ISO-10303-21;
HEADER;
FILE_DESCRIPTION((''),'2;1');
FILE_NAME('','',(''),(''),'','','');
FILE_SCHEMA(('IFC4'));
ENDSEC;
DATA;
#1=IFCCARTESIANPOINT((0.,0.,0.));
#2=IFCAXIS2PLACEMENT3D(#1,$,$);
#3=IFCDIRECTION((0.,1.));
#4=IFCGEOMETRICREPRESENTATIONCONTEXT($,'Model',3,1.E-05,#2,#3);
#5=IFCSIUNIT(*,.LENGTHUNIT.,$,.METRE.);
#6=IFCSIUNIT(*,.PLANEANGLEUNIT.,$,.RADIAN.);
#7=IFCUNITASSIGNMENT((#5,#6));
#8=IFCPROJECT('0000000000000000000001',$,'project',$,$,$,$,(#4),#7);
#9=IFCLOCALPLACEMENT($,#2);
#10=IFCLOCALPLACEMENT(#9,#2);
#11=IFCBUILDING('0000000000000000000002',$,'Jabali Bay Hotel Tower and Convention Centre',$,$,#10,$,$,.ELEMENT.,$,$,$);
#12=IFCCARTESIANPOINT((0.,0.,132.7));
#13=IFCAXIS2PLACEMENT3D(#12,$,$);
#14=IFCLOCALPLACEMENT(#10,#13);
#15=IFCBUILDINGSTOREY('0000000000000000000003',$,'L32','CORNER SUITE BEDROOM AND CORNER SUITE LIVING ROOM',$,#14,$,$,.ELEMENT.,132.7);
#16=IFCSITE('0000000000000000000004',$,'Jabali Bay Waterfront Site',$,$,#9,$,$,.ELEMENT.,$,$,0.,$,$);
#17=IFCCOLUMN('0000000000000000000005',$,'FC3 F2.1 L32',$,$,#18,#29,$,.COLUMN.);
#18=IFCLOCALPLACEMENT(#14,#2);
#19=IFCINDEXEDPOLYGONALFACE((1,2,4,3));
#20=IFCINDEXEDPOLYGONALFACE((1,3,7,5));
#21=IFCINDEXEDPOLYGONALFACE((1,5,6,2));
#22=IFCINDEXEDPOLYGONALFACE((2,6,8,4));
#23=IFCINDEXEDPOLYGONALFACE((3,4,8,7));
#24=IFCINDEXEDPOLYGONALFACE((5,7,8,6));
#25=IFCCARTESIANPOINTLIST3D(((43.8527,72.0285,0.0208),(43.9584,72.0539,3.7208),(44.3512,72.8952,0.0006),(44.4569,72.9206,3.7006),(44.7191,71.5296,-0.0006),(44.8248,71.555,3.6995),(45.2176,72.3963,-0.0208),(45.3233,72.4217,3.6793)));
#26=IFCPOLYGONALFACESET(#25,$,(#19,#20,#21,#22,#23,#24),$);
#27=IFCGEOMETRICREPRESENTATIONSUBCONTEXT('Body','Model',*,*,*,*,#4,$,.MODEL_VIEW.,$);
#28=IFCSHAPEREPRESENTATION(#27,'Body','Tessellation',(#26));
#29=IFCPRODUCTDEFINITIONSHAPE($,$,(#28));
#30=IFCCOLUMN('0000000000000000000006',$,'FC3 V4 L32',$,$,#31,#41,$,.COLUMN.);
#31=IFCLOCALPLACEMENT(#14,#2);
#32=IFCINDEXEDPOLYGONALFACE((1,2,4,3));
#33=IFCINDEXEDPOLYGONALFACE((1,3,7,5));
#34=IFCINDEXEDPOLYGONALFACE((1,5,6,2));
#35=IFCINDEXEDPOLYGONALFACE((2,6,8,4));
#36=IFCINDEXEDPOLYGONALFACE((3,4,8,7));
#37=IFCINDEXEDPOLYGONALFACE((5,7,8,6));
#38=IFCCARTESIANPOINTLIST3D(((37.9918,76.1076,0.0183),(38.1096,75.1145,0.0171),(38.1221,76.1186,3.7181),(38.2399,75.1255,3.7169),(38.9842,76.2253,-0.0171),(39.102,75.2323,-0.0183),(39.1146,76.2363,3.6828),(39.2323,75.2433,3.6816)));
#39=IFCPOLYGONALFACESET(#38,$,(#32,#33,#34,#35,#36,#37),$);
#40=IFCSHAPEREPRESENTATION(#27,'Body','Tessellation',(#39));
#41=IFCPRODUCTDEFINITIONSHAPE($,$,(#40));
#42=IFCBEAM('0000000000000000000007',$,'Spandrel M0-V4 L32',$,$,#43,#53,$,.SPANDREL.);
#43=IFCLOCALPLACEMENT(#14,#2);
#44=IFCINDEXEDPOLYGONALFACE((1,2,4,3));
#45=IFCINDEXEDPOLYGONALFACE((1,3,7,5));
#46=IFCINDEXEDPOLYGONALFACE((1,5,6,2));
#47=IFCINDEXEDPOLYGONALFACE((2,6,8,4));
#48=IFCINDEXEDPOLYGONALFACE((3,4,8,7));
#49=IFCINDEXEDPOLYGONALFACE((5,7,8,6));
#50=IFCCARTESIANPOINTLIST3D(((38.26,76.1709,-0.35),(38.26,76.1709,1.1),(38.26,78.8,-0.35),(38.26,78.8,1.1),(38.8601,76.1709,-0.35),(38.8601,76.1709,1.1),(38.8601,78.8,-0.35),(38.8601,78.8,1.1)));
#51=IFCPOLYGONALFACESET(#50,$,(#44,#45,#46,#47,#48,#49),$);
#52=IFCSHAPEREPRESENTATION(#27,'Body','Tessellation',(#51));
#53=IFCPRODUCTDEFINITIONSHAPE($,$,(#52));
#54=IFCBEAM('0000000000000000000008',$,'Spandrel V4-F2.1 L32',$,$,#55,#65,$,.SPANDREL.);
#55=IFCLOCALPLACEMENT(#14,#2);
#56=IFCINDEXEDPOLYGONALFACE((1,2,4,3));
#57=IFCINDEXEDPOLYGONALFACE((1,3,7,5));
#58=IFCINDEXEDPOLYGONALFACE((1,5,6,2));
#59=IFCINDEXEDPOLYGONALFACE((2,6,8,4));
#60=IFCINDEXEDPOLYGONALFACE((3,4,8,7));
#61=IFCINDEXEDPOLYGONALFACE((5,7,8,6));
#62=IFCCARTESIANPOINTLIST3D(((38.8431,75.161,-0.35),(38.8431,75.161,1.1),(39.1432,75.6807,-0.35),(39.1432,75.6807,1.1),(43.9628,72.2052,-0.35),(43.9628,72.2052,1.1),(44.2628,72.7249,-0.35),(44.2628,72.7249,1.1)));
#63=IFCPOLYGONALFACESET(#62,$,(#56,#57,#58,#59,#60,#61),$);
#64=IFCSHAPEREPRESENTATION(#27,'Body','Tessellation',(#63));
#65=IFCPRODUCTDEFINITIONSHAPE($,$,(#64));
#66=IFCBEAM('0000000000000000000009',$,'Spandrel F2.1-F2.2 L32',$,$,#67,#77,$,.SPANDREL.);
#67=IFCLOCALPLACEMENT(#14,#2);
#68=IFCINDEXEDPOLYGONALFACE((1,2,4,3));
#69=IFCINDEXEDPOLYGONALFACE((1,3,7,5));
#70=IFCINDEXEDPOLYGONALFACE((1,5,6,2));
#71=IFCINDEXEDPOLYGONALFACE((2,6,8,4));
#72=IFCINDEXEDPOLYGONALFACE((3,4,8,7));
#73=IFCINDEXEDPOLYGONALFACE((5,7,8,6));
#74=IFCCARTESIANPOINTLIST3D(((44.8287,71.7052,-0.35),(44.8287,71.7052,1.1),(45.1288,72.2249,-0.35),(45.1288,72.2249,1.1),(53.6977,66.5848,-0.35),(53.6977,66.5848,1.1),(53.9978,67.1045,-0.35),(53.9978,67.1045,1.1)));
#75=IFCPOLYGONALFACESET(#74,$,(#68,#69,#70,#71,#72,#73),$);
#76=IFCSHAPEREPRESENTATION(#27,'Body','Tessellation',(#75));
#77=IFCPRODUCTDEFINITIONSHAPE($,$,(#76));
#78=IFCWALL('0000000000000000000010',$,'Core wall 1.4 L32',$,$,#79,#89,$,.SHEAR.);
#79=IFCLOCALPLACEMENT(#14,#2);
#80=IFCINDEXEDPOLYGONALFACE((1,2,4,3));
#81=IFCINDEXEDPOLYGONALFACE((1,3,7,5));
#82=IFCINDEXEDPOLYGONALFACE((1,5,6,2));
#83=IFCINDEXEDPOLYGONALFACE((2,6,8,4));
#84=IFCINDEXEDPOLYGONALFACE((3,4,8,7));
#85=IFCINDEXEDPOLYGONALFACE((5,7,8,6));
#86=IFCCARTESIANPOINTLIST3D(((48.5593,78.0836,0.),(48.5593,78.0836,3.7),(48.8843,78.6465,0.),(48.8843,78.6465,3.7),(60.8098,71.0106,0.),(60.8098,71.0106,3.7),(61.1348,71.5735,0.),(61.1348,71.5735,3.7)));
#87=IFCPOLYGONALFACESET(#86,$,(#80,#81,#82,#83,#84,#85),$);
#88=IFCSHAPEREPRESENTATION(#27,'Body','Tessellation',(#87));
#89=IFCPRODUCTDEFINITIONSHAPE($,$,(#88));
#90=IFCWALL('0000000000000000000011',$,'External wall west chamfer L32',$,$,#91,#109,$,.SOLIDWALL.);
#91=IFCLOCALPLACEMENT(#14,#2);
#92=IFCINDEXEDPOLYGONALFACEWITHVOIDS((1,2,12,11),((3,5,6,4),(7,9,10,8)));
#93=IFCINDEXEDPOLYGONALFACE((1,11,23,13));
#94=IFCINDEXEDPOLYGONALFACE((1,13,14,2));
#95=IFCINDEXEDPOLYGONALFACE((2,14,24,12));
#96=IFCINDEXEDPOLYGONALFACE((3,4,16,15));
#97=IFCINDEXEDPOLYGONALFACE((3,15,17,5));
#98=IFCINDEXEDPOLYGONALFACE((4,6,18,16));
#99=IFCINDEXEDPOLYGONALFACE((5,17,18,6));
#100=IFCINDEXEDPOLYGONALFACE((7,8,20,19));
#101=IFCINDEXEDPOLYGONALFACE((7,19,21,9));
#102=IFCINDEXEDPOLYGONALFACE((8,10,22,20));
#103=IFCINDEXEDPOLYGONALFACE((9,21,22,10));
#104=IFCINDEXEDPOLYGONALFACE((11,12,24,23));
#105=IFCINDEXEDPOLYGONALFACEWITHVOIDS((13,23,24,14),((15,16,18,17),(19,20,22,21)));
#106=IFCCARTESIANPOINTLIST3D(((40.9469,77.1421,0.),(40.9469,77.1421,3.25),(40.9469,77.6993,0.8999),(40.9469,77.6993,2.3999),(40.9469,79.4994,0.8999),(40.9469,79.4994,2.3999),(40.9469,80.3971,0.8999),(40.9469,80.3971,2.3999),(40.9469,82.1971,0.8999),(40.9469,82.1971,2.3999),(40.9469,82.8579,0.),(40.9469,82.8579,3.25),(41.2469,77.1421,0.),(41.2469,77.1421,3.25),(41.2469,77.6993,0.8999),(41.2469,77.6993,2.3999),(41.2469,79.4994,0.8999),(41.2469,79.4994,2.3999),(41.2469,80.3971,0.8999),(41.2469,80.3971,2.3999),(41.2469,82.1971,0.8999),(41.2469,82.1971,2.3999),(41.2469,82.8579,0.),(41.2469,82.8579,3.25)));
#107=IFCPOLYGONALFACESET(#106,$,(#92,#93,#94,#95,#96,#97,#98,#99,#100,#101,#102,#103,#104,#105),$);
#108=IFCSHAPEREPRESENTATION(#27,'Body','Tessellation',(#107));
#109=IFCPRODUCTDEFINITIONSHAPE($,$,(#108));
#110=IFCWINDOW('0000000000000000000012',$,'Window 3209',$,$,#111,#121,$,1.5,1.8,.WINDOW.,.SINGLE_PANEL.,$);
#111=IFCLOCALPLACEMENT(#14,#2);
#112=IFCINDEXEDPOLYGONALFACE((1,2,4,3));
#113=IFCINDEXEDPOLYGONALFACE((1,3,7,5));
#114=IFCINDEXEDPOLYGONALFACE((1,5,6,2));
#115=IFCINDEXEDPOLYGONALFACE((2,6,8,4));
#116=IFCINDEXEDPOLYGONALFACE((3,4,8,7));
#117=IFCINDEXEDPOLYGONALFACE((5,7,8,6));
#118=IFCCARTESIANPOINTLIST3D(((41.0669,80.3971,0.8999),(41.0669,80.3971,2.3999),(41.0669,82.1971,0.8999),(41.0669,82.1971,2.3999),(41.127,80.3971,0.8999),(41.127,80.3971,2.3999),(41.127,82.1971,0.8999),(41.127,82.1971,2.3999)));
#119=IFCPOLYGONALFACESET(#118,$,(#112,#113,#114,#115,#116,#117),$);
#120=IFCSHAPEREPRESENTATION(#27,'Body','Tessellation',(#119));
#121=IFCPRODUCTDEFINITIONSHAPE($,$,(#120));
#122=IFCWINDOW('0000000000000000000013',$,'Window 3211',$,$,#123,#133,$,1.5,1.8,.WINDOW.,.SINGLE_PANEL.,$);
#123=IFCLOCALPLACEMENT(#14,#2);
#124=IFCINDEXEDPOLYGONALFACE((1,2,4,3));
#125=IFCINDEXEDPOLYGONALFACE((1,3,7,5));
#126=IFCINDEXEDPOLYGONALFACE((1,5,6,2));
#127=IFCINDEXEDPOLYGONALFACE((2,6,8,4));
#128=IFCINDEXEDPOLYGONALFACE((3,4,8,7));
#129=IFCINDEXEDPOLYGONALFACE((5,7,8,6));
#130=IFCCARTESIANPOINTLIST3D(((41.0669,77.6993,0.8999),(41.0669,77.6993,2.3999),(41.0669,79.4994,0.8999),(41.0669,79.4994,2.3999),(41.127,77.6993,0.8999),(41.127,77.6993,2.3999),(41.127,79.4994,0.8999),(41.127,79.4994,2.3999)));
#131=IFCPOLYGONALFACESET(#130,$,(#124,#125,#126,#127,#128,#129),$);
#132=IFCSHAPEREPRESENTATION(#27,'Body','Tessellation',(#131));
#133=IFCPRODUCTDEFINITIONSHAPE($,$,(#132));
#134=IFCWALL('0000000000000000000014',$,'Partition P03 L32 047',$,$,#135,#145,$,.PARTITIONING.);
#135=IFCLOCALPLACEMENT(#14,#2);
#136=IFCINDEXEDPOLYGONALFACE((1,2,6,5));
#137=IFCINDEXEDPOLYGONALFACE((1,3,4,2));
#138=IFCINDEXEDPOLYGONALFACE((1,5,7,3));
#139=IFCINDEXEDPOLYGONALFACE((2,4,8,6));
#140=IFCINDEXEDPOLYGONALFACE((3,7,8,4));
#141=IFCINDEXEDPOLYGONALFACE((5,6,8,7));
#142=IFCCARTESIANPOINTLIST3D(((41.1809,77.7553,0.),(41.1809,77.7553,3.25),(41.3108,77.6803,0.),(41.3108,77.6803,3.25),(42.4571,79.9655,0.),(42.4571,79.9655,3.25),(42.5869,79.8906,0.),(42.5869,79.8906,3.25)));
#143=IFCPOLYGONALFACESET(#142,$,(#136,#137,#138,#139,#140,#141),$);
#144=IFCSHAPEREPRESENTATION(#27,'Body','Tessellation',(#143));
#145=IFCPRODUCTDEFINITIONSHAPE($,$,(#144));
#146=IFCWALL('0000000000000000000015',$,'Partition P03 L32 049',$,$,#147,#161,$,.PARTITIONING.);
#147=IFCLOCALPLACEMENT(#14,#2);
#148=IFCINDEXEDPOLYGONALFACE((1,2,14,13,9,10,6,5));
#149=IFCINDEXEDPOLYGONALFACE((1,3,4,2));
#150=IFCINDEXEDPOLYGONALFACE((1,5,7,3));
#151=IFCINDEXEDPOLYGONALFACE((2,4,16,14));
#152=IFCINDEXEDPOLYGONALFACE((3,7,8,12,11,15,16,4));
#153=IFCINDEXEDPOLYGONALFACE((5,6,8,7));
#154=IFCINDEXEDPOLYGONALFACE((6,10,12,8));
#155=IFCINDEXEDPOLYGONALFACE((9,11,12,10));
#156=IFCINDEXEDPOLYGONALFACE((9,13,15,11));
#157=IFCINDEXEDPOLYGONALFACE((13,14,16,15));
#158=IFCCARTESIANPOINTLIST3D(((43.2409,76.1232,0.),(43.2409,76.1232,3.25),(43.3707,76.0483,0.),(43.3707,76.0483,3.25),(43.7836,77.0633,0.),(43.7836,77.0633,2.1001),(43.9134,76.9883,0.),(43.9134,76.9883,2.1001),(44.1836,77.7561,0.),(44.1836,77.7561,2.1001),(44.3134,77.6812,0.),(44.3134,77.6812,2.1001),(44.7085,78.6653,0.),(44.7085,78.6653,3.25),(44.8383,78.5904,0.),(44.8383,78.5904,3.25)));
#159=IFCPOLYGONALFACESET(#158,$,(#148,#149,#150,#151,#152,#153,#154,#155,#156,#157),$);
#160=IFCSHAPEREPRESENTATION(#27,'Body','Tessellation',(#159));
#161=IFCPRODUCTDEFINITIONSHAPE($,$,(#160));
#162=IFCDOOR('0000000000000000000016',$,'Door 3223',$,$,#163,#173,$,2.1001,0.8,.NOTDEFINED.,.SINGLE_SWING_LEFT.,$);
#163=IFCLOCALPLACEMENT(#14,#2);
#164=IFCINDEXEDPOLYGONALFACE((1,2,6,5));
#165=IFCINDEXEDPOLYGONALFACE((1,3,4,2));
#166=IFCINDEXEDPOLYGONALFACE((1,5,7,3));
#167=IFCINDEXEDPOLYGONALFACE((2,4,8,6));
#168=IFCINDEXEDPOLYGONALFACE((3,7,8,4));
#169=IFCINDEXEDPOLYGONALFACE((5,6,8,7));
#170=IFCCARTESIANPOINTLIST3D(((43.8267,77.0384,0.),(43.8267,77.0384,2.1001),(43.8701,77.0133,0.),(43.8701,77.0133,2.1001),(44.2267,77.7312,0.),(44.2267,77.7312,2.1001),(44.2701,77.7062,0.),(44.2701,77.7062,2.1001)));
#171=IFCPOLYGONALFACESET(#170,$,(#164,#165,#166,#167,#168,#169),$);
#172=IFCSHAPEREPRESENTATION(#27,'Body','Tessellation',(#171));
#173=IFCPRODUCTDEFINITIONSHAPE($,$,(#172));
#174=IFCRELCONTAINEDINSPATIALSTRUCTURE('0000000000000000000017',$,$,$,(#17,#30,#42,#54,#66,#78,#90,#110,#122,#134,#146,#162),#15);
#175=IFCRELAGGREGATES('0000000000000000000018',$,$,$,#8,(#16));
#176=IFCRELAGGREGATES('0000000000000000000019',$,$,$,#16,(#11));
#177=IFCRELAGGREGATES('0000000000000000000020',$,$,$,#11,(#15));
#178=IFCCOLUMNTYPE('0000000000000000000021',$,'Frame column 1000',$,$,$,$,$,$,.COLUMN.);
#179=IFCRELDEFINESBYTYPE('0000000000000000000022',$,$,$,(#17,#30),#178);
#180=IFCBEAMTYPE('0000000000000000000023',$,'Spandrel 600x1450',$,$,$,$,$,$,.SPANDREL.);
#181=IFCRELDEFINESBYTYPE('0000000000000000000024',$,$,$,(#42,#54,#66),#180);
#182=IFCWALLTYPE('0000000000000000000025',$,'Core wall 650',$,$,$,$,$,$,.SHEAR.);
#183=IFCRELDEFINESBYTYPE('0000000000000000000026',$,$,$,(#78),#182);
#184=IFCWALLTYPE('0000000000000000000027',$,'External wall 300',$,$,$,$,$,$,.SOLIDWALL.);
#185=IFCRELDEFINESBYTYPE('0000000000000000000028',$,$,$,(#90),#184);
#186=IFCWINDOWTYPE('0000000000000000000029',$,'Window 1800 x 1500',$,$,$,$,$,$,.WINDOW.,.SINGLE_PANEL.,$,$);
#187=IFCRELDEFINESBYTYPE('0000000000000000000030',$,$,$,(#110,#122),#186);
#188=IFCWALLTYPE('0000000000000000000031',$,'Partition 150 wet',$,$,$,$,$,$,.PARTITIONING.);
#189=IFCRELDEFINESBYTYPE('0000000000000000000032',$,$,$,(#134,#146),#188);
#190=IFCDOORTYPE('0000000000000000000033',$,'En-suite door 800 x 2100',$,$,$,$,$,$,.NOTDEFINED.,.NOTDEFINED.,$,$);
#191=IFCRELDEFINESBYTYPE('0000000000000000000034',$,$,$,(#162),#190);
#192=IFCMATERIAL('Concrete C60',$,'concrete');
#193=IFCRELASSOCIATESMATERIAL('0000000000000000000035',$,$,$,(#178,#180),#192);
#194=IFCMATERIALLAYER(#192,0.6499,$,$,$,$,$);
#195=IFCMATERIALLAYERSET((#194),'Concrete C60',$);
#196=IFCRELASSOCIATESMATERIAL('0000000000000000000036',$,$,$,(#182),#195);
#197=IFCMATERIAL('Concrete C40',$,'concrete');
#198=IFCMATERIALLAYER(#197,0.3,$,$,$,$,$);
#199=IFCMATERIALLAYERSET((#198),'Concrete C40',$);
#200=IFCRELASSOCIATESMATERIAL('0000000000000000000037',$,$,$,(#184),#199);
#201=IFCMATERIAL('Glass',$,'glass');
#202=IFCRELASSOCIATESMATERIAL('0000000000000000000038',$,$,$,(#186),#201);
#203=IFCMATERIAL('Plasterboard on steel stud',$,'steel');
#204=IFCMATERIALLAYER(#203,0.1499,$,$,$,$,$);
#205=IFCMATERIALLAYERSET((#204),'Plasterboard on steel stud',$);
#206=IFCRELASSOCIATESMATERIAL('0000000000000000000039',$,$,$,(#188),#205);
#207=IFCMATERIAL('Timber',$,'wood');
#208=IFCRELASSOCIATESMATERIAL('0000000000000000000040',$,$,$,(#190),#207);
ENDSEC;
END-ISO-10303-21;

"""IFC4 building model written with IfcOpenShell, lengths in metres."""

from ifc_helpers import new_model, si_unit, direction, frame, frame_2d, origin, origin_2d, place, context, subcontext, project, spatial, rectangle, extrude, material, layer, layer_set, material_profile, profile_set, type_object, element, fill, save


model = new_model("IFC4")

# Units and contexts
model_context = context("Model", 3, precision=1e-05, world=origin(), true_north=direction((0.0, 1.0)))
body_context = subcontext(model_context, "Body", "Model", "MODEL_VIEW")
ifc_project = project(units=[si_unit("LENGTHUNIT", "METRE"), si_unit("PLANEANGLEUNIT", "RADIAN")], contexts=[model_context])

# Site, building, storey
site_placement = place(None, origin())
site = spatial("IfcSite", under=ifc_project, at=site_placement, Name="Jabali Bay Waterfront Site", CompositionType="ELEMENT", RefElevation=0.0)
building_placement = place(site_placement, origin())
building = spatial("IfcBuilding", under=site, at=building_placement, Name="Jabali Bay Hotel Tower and Convention Centre", CompositionType="ELEMENT")
storey_placement = place(building_placement, frame((0.0, 0.0, 132.7)))
storey = spatial("IfcBuildingStorey", under=building, at=storey_placement, Name="L32", Description="CORNER SUITE BEDROOM AND CORNER SUITE LIVING ROOM", CompositionType="ELEMENT", Elevation=132.7)

# Columns
ifc_material_1 = material(Name="Concrete C60", Category="concrete")
ifc_material_profile_1 = material_profile(ifc_material_1, rectangle(XDim=1.0, YDim=1.0, at=origin_2d()), Name="Frame column 1000")
ifc_profile_set_1 = profile_set([ifc_material_profile_1], Name="Concrete C60")
column_type = type_object("IfcColumnType", Name="Frame column 1000", PredefinedType="COLUMN", material=ifc_profile_set_1)
column_1_placement = place(storey_placement, frame((44.5352, 72.2124, 0.0), z_axis=(0.028559, 0.006859, 0.999569), x_axis=(-0.866409, 0.498879, 0.021331)))
element("IfcColumn", 1, at=column_1_placement, inside=storey, type_object=column_type, Name="FC3 F2.1 L32", PredefinedType="COLUMN", context=body_context, shape_type="SweptSolid", body=[
    extrude(rectangle(XDim=1.0, YDim=1.0, at=origin_2d()), origin(), (0.0, 0.0, 1.0), 3.7017),
])
column_2_placement = place(storey_placement, frame((38.5469, 75.6699, 0.0), z_axis=(0.035214, 0.002967, 0.999375), x_axis=(-0.117783, 0.993039, 0.001202)))
element("IfcColumn", 2, at=column_2_placement, inside=storey, type_object=column_type, Name="FC3 V4 L32", PredefinedType="COLUMN", context=body_context, shape_type="SweptSolid", body=[
    extrude(rectangle(XDim=1.0, YDim=1.0, at=origin_2d()), origin(), (0.0, 0.0, 1.0), 3.7021),
])

# Beams
ifc_material_profile_2 = material_profile(ifc_material_1, rectangle(XDim=0.6001, YDim=1.45, at=origin_2d()), Name="Spandrel 600x1450")
ifc_profile_set_2 = profile_set([ifc_material_profile_2], Name="Concrete C60")
beam_type = type_object("IfcBeamType", Name="Spandrel 600x1450", PredefinedType="SPANDREL", material=ifc_profile_set_2)
beam_1_placement = place(storey_placement, frame((38.5601, 78.8, 0.375), z_axis=(0.0, -1.0, 0.0), x_axis=(1.0, 0.0, 0.0)))
element("IfcBeam", 3, at=beam_1_placement, inside=storey, type_object=beam_type, Name="Spandrel M0-V4 L32", PredefinedType="SPANDREL", context=body_context, shape_type="SweptSolid", body=[
    extrude(rectangle(XDim=0.6001, YDim=1.45, at=origin_2d()), origin(), (0.0, 0.0, 1.0), 2.6292),
])
beam_2_placement = place(storey_placement, frame((38.9932, 75.4209, 0.375), z_axis=(0.866026, -0.499999, 0.0), x_axis=(0.499999, 0.866026, 0.0)))
element("IfcBeam", 4, at=beam_2_placement, inside=storey, type_object=beam_type, Name="Spandrel V4-F2.1 L32", PredefinedType="SPANDREL", context=body_context, shape_type="SweptSolid", body=[
    extrude(rectangle(XDim=0.6001, YDim=1.45, at=origin_2d()), origin(), (0.0, 0.0, 1.0), 5.9116),
])
beam_3_placement = place(storey_placement, frame((44.9788, 71.9651, 0.375), z_axis=(0.86603, -0.499993, 0.0), x_axis=(0.499993, 0.86603, 0.0)))
element("IfcBeam", 5, at=beam_3_placement, inside=storey, type_object=beam_type, Name="Spandrel F2.1-F2.2 L32", PredefinedType="SPANDREL", context=body_context, shape_type="SweptSolid", body=[
    extrude(rectangle(XDim=0.6001, YDim=1.45, at=origin_2d()), origin(), (0.0, 0.0, 1.0), 10.241),
])

# Wall
ifc_layer_1 = layer(ifc_material_1, 0.6499)
ifc_layer_set_1 = layer_set([ifc_layer_1], Name="Concrete C60")
wall_type_1 = type_object("IfcWallType", Name="Core wall 650", PredefinedType="SHEAR", material=ifc_layer_set_1)
wall_1_placement = place(storey_placement, frame((48.7219, 78.365, 0.0), z_axis=(0.0, 0.0, 1.0), x_axis=(0.86602, -0.500009, 0.0)))
element("IfcWall", 6, at=wall_1_placement, inside=storey, type_object=wall_type_1, Name="Core wall 1.4 L32", PredefinedType="SHEAR", context=body_context, shape_type="SweptSolid", body=[
    extrude(rectangle(XDim=14.1458, YDim=0.6499, at=frame_2d((7.0728, 0.0))), origin(), (0.0, 0.0, 1.0), 3.7),
])

# Wall, openings, windows
ifc_material_2 = material(Name="Concrete C40", Category="concrete")
ifc_layer_2 = layer(ifc_material_2, 0.3)
ifc_layer_set_2 = layer_set([ifc_layer_2], Name="Concrete C40")
wall_type_2 = type_object("IfcWallType", Name="External wall 300", PredefinedType="SOLIDWALL", material=ifc_layer_set_2)
wall_2_placement = place(storey_placement, frame((41.0969, 77.1421, 0.0), z_axis=(0.0, 0.0, 1.0), x_axis=(0.0, 1.0, 0.0)))
wall_2 = element("IfcWall", 7, at=wall_2_placement, inside=storey, type_object=wall_type_2, Name="External wall west chamfer L32", PredefinedType="SOLIDWALL", context=body_context, shape_type="SweptSolid", body=[
    extrude(rectangle(XDim=5.7158, YDim=0.3, at=frame_2d((2.8579, 0.0))), origin(), (0.0, 0.0, 1.0), 3.25),
])
opening_1_placement = place(wall_2_placement, frame((3.2551, 0.0, 0.8999)))
opening_1 = element("IfcOpeningElement", 8, at=opening_1_placement, cuts=wall_2, PredefinedType="OPENING", context=body_context, shape_type="SweptSolid", body=[
    extrude(rectangle(XDim=1.8, YDim=1.5, at=frame_2d((0.8999, 0.75))), frame((0.0, 0.1606, 0.0), z_axis=(0.0, -1.0, 0.0), x_axis=(1.0, 0.0, 0.0)), (0.0, 0.0, 1.0), 0.321),
])
opening_2_placement = place(wall_2_placement, frame((0.5574, 0.0, 0.8999)))
opening_2 = element("IfcOpeningElement", 9, at=opening_2_placement, cuts=wall_2, PredefinedType="OPENING", context=body_context, shape_type="SweptSolid", body=[
    extrude(rectangle(XDim=1.8, YDim=1.5, at=frame_2d((0.8999, 0.75))), frame((0.0, 0.1606, 0.0), z_axis=(0.0, -1.0, 0.0), x_axis=(1.0, 0.0, 0.0)), (0.0, 0.0, 1.0), 0.321),
])
ifc_material_3 = material(Name="Glass", Category="glass")
window_type = type_object("IfcWindowType", Name="Window 1800 x 1500", PartitioningType="SINGLE_PANEL", PredefinedType="WINDOW", material=ifc_material_3)
window_1_placement = place(opening_1_placement, origin())
window_1 = element("IfcWindow", 10, at=window_1_placement, inside=storey, type_object=window_type, Name="Window 3209", OverallHeight=1.5, OverallWidth=1.8, PartitioningType="SINGLE_PANEL", PredefinedType="WINDOW", context=body_context, shape_type="SweptSolid", body=[
    extrude(rectangle(XDim=1.8, YDim=1.5, at=frame_2d((0.8999, 0.75))), frame((0.0, 0.03, 0.0), z_axis=(0.0, -1.0, 0.0), x_axis=(1.0, 0.0, 0.0)), (0.0, 0.0, 1.0), 0.0601),
])
fill(opening_1, window_1)
window_2_placement = place(opening_2_placement, origin())
window_2 = element("IfcWindow", 11, at=window_2_placement, inside=storey, type_object=window_type, Name="Window 3211", OverallHeight=1.5, OverallWidth=1.8, PartitioningType="SINGLE_PANEL", PredefinedType="WINDOW", context=body_context, shape_type="SweptSolid", body=[
    extrude(rectangle(XDim=1.8, YDim=1.5, at=frame_2d((0.8999, 0.75))), frame((0.0, 0.03, 0.0), z_axis=(0.0, -1.0, 0.0), x_axis=(1.0, 0.0, 0.0)), (0.0, 0.0, 1.0), 0.0601),
])
fill(opening_2, window_2)

# Wall
ifc_material_4 = material(Name="Plasterboard on steel stud", Category="steel")
ifc_layer_3 = layer(ifc_material_4, 0.1499)
ifc_layer_set_3 = layer_set([ifc_layer_3], Name="Plasterboard on steel stud")
wall_type_3 = type_object("IfcWallType", Name="Partition 150 wet", PredefinedType="PARTITIONING", material=ifc_layer_set_3)
wall_3_placement = place(storey_placement, frame((41.2458, 77.7178, 0.0), z_axis=(0.0, 0.0, 1.0), x_axis=(0.500018, 0.866015, 0.0)))
element("IfcWall", 12, at=wall_3_placement, inside=storey, type_object=wall_type_3, Name="Partition P03 L32 047", PredefinedType="PARTITIONING", context=body_context, shape_type="SweptSolid", body=[
    extrude(rectangle(XDim=2.5522, YDim=0.1499, at=frame_2d((1.2761, 0.0))), origin(), (0.0, 0.0, 1.0), 3.25),
])

# Wall, opening, door
wall_4_placement = place(storey_placement, frame((44.7734, 78.6279, 0.0), z_axis=(0.0, 0.0, 1.0), x_axis=(-0.499977, -0.866039, 0.0)))
wall_4 = element("IfcWall", 13, at=wall_4_placement, inside=storey, type_object=wall_type_3, Name="Partition P03 L32 049", PredefinedType="PARTITIONING", context=body_context, shape_type="SweptSolid", body=[
    extrude(rectangle(XDim=2.9353, YDim=0.1499, at=frame_2d((1.4678, 0.0))), origin(), (0.0, 0.0, 1.0), 3.25),
])
opening_3_placement = place(wall_4_placement, frame((1.05, 0.0, 0.0)))
opening_3 = element("IfcOpeningElement", 14, at=opening_3_placement, cuts=wall_4, PredefinedType="OPENING", context=body_context, shape_type="SweptSolid", body=[
    extrude(rectangle(XDim=0.8, YDim=2.1001, at=frame_2d((0.3999, 1.05))), frame((0.0, 0.0854, 0.0), z_axis=(0.0, -1.0, 0.0), x_axis=(1.0, 0.0, 0.0)), (0.0, 0.0, 1.0), 0.1709),
])
ifc_material_5 = material(Name="Timber", Category="wood")
door_type = type_object("IfcDoorType", Name="En-suite door 800 x 2100", OperationType="NOTDEFINED", PredefinedType="NOTDEFINED", material=ifc_material_5)
door_placement = place(opening_3_placement, origin())
door = element("IfcDoor", 15, at=door_placement, inside=storey, type_object=door_type, Name="Door 3223", OperationType="SINGLE_SWING_LEFT", OverallHeight=2.1001, OverallWidth=0.8, PredefinedType="NOTDEFINED", context=body_context, shape_type="SweptSolid", body=[
    extrude(rectangle(XDim=0.8, YDim=2.1001, at=frame_2d((0.3999, 1.05))), frame((0.0, 0.0249, 0.0), z_axis=(0.0, -1.0, 0.0), x_axis=(1.0, 0.0, 0.0)), (0.0, 0.0, 1.0), 0.05),
])
fill(opening_3, door)

save(model, "model.ifc")
